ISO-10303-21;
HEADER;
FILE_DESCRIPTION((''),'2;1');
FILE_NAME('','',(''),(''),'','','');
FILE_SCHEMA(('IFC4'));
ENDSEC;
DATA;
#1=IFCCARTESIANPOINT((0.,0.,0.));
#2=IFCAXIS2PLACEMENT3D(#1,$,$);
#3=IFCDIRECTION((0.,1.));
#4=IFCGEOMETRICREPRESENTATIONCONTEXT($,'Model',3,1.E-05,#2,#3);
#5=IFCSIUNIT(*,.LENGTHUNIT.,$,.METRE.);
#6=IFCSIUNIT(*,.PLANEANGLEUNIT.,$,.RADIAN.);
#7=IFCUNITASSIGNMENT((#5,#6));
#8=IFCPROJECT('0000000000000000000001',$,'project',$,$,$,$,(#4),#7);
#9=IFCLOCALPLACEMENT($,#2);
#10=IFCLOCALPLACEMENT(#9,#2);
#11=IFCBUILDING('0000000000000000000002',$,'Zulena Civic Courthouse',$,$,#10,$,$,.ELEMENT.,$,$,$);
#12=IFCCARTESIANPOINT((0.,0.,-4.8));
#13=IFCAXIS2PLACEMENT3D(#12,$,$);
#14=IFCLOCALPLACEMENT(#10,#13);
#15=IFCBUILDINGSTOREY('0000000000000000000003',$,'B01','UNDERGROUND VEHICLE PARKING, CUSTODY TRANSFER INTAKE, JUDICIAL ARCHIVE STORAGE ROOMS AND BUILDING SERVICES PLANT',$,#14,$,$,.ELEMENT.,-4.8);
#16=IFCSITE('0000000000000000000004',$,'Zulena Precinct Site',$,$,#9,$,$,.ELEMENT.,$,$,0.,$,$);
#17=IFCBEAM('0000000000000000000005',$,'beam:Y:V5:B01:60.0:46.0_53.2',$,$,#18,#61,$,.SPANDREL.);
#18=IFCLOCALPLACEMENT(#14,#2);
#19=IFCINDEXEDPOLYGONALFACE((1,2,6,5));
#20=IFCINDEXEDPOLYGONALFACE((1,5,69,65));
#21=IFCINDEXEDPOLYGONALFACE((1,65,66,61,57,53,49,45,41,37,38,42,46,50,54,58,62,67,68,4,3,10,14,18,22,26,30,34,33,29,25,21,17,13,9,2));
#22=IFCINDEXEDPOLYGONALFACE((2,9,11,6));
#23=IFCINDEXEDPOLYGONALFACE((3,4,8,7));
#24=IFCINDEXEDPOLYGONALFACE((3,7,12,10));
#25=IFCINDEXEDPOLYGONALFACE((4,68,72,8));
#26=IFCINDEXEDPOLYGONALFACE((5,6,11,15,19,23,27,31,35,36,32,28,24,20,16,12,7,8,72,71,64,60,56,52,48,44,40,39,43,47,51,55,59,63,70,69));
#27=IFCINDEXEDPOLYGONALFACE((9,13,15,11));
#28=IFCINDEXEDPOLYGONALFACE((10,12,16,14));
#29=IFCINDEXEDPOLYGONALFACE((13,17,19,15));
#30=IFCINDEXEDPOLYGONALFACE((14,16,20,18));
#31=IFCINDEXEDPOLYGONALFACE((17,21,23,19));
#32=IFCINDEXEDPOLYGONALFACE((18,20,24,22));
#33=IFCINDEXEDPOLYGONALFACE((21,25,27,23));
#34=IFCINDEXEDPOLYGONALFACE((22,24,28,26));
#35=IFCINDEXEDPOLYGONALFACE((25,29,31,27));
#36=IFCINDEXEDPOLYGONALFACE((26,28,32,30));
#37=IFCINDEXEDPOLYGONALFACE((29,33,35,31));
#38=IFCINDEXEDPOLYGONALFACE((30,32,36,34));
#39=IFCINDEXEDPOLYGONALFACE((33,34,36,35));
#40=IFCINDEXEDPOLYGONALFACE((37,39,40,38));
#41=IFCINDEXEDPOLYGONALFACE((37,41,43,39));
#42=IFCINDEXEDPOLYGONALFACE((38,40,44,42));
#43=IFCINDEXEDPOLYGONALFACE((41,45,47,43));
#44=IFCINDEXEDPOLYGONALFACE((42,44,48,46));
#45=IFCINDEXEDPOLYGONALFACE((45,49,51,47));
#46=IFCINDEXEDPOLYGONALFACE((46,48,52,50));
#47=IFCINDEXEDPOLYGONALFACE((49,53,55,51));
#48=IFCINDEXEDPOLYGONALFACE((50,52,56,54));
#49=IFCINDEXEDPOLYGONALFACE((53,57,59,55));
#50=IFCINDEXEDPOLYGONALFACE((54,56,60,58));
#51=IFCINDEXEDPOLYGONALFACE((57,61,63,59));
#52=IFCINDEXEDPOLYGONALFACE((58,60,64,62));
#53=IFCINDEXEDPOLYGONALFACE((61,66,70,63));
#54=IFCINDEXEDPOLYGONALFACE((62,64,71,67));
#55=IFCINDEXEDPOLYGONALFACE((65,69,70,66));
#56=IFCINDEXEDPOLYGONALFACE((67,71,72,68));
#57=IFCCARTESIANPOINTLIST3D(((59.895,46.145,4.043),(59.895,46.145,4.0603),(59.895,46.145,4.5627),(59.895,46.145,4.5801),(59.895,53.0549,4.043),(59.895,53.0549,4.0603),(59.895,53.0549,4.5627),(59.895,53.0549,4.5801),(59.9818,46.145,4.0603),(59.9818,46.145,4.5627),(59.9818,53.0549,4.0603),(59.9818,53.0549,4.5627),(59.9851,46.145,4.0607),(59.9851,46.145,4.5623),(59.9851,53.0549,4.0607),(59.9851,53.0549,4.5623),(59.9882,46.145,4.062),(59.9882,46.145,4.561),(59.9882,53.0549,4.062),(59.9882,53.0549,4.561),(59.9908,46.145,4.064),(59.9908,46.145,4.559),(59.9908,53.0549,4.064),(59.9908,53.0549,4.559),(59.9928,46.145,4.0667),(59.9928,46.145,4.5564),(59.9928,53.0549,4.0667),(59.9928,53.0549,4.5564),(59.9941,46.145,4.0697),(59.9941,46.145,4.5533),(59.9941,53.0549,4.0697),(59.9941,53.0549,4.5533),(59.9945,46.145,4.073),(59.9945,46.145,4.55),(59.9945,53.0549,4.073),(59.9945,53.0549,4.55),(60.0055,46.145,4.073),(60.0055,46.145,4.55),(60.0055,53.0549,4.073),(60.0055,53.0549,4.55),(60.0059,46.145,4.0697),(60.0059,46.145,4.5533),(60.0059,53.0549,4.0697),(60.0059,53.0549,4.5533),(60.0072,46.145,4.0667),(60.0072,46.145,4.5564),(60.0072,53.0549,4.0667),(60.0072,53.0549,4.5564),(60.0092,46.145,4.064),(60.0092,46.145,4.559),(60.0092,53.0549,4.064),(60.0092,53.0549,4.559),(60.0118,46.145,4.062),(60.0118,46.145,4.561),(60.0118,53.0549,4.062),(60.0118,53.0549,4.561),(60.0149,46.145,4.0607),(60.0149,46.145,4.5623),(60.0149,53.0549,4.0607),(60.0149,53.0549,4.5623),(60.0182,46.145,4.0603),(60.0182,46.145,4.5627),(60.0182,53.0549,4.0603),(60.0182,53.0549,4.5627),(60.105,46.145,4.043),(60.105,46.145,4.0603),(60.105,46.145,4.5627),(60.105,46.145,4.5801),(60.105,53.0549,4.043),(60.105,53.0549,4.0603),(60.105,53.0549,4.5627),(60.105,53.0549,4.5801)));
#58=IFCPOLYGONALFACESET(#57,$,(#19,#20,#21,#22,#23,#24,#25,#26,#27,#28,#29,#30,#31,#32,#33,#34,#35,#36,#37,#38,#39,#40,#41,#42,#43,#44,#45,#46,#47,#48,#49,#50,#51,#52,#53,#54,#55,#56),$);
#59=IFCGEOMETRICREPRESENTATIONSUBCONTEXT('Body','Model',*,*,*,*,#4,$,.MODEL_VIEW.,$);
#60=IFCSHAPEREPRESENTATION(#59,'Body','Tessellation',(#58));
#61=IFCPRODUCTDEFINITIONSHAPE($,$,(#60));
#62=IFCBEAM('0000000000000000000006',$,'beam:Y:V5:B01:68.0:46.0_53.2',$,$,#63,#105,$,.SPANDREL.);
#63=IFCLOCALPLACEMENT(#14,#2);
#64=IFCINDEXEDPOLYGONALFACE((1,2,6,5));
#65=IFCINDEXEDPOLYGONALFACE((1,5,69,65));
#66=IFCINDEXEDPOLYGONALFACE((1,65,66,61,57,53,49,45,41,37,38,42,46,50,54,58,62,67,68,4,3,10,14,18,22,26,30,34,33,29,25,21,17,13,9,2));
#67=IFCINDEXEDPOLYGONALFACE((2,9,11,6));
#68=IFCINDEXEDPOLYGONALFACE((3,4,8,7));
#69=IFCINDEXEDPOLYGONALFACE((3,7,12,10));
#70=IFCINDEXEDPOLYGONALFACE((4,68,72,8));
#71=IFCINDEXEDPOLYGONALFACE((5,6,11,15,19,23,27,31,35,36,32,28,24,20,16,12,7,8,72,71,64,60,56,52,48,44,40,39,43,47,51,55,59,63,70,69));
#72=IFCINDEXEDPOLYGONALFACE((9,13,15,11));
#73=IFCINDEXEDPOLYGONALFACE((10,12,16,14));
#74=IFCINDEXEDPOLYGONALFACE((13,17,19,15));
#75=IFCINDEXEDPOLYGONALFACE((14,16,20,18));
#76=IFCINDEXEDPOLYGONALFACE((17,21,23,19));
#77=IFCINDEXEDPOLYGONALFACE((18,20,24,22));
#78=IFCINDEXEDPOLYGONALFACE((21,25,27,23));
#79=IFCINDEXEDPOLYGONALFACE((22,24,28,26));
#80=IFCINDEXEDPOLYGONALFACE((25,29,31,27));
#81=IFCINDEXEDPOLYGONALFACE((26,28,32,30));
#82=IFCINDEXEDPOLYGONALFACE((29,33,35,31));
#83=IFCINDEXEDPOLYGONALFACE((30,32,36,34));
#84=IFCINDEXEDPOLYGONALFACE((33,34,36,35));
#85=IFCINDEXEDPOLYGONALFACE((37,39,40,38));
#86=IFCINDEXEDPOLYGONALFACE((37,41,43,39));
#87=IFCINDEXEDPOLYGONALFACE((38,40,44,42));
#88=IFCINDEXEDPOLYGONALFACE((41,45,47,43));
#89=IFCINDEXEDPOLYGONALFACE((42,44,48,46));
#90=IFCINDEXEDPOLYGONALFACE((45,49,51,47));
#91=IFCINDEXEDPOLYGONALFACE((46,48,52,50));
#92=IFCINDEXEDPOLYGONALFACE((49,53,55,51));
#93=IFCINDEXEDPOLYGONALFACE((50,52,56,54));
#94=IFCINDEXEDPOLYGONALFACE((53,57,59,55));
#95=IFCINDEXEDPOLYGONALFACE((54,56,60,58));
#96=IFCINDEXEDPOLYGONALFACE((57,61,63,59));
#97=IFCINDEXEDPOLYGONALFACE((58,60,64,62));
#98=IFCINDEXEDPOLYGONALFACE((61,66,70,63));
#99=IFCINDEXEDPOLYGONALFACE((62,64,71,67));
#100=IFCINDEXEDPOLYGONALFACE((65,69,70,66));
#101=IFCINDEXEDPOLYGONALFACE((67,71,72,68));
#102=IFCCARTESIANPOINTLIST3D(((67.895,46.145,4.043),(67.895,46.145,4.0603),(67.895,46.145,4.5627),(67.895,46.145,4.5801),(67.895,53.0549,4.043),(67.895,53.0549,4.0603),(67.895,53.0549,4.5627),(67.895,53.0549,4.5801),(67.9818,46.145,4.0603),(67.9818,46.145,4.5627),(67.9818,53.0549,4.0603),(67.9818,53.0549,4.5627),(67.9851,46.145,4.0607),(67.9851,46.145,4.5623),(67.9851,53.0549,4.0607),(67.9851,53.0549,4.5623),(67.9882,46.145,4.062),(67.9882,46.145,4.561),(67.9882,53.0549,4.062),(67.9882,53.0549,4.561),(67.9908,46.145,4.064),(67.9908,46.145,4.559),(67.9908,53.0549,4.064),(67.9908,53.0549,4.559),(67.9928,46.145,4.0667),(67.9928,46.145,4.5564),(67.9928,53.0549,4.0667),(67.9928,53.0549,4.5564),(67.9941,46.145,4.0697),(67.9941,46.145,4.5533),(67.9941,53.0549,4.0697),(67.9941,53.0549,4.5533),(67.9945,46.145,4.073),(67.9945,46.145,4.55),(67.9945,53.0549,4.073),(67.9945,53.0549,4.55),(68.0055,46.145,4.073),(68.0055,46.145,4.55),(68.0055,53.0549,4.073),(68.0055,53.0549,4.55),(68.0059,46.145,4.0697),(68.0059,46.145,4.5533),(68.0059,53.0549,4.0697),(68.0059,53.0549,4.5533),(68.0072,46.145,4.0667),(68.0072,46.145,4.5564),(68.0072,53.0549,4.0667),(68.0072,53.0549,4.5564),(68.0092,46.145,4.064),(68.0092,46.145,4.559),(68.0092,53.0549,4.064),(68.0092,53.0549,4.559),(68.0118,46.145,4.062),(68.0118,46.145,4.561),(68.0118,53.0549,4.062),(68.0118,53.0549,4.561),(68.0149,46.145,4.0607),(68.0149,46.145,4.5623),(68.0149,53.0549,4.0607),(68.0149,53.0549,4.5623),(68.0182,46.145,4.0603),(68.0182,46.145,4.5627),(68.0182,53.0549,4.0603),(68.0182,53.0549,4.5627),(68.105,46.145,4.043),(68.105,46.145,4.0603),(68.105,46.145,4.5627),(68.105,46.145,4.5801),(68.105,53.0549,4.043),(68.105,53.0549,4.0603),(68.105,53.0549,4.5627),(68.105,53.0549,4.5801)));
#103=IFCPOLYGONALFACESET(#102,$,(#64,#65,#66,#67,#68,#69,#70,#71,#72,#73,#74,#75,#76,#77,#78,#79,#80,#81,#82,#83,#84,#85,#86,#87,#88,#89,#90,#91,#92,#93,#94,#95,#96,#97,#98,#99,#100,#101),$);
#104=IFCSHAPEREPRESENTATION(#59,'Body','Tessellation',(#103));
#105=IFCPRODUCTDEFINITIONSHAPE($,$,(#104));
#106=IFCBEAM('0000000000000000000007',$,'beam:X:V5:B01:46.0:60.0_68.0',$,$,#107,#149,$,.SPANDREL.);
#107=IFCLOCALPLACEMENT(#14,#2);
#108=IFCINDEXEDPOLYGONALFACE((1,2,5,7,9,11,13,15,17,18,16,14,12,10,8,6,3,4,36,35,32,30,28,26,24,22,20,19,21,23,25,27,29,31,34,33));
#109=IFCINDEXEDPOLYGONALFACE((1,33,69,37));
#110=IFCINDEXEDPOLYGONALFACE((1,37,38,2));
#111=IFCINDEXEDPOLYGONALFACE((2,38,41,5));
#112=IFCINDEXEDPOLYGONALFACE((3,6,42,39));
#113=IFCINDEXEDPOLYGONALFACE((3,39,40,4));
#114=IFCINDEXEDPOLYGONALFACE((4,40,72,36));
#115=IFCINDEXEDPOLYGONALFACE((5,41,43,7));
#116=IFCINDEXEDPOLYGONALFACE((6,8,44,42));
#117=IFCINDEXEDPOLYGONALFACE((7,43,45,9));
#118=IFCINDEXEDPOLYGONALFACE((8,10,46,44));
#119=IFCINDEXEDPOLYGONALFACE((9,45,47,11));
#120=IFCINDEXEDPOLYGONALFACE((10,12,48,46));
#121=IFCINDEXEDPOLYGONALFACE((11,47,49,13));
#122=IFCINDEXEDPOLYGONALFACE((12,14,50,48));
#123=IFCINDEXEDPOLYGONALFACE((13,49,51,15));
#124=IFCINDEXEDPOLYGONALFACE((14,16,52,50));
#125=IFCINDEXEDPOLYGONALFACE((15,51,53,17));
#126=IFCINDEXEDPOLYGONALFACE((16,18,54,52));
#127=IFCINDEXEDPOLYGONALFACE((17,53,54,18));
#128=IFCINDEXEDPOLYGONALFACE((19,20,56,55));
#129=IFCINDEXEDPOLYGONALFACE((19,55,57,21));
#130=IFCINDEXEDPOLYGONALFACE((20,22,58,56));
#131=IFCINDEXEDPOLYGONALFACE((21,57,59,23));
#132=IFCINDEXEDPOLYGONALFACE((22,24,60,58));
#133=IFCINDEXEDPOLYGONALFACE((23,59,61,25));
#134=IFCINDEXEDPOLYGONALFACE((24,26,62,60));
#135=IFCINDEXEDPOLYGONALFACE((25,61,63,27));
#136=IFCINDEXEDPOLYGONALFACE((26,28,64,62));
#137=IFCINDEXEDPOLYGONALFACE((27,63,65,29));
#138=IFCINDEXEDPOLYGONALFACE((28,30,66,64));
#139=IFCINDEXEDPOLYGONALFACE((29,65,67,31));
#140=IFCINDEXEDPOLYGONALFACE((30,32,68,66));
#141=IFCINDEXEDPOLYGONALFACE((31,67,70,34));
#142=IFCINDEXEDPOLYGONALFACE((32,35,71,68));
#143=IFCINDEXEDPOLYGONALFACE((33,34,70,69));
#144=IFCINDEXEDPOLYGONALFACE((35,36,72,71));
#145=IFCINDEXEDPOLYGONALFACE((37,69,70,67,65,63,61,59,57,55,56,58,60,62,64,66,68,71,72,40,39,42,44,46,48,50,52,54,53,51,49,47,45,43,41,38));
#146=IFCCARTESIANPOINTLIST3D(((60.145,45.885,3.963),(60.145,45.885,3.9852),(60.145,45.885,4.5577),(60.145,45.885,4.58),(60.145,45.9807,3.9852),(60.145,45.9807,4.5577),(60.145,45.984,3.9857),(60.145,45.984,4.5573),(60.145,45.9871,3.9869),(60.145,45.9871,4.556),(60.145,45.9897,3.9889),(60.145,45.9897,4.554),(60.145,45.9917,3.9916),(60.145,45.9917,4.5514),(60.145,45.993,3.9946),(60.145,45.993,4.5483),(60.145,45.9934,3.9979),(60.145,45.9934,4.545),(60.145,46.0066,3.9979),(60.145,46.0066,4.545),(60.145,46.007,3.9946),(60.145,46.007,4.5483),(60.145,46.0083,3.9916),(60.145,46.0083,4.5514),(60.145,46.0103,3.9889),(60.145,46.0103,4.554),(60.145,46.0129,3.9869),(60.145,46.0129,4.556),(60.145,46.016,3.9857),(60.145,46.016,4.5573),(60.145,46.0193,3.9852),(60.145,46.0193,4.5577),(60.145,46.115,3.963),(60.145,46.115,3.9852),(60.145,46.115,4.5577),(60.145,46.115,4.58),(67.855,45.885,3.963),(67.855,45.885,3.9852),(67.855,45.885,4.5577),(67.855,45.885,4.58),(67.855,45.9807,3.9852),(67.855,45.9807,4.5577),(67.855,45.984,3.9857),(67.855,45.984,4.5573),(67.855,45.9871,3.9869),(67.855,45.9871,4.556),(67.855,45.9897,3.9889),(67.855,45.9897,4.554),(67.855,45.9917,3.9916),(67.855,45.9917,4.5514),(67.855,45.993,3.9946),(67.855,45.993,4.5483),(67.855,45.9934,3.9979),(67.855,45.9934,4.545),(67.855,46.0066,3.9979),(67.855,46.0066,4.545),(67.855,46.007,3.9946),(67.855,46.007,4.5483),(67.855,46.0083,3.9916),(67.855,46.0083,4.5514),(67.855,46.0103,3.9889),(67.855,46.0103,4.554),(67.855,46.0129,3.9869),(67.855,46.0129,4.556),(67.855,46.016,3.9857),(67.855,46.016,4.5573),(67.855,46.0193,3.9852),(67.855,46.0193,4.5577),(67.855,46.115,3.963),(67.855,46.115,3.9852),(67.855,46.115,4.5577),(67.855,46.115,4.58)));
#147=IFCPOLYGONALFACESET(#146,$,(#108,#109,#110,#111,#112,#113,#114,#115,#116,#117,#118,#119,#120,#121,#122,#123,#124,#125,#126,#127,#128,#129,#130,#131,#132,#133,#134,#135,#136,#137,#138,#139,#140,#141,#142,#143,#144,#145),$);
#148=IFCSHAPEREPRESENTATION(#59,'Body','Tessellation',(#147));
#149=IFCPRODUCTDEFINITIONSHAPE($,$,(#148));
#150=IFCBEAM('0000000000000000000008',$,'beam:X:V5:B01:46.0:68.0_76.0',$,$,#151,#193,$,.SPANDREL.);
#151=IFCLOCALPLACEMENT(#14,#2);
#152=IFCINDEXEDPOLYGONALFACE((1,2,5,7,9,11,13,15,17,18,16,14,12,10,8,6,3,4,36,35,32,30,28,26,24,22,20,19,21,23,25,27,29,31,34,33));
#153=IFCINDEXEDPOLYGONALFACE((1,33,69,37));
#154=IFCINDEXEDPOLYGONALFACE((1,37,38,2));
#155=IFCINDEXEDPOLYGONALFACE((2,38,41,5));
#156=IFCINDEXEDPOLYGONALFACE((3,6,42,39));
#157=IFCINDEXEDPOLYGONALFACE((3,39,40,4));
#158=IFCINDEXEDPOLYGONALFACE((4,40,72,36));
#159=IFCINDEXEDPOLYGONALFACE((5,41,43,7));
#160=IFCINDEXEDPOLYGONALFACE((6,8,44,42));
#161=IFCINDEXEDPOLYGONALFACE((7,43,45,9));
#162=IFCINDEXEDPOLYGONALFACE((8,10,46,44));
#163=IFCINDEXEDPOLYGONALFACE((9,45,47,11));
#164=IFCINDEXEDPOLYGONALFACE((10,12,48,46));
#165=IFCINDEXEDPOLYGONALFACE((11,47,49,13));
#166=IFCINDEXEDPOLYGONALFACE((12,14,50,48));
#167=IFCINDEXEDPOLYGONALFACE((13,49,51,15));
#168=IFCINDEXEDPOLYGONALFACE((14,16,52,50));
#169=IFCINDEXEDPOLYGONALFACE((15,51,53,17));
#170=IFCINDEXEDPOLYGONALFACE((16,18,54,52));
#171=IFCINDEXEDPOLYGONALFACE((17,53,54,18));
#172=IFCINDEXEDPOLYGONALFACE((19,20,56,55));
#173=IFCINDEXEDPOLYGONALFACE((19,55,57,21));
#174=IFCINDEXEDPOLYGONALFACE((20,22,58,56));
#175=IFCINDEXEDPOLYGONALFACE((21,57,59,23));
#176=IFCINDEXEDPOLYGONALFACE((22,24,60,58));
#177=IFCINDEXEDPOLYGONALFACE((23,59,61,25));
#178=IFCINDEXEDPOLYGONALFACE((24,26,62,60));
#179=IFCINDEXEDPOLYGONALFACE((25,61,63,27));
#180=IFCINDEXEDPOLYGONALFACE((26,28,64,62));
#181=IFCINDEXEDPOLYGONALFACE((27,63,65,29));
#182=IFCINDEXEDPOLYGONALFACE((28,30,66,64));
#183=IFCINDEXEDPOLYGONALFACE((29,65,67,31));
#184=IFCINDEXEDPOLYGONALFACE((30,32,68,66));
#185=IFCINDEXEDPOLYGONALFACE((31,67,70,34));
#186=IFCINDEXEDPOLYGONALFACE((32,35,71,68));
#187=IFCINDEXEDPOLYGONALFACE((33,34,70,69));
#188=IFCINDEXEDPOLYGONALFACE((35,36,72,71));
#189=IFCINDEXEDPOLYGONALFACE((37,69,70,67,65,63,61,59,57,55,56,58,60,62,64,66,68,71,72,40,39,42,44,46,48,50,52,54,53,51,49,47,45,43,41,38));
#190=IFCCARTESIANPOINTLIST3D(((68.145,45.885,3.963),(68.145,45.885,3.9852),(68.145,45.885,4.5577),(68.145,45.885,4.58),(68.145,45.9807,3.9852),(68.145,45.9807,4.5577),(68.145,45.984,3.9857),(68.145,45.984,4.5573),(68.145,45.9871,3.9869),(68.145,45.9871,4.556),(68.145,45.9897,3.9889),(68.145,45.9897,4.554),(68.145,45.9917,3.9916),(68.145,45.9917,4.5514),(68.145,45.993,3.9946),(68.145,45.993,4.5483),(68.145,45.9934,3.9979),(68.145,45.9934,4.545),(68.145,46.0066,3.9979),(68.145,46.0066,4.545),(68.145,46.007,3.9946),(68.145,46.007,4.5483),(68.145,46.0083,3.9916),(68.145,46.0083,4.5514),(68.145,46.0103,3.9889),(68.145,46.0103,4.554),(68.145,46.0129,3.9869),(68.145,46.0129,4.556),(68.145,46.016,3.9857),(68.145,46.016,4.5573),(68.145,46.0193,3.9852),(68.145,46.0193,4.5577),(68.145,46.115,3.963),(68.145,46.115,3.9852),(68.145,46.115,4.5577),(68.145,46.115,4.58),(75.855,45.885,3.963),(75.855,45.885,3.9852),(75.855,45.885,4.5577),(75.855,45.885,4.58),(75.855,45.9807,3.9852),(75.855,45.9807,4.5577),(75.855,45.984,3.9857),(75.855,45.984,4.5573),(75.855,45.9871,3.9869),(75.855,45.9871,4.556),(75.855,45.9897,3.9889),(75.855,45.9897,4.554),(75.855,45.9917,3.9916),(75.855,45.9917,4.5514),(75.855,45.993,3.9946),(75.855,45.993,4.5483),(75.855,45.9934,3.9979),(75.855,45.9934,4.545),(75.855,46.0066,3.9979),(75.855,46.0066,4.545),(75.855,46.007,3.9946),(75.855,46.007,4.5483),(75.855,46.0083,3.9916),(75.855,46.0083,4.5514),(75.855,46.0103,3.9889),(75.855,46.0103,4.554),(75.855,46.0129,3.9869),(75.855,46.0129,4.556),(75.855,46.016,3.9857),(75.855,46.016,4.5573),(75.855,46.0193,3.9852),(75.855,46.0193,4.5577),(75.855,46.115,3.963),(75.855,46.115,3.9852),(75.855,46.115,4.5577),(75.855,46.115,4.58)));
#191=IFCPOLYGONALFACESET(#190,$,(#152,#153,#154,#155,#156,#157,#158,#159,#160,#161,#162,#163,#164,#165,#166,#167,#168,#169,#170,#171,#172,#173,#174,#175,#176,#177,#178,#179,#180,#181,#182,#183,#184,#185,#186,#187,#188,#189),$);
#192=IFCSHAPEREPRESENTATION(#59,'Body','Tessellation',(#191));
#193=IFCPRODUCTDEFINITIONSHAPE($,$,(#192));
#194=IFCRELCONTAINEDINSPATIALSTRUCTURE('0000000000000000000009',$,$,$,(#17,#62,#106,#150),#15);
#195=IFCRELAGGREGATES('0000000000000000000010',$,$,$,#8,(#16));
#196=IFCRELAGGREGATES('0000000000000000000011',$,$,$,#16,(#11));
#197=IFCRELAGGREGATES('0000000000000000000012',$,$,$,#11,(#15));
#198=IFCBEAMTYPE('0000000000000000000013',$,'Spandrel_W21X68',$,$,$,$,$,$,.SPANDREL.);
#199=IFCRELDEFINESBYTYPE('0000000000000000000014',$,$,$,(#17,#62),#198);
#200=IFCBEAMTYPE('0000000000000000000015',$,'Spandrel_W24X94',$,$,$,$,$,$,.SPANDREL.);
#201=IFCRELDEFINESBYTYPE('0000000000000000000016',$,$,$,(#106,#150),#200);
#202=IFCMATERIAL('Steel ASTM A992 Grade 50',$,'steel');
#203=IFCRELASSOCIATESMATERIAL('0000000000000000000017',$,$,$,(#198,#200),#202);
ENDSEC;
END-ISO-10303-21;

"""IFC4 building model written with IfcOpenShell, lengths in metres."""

from ifc_helpers import new_model, si_unit, direction, frame, origin, origin_2d, place, context, subcontext, project, spatial, i_section, extrude, material, material_profile, profile_set, type_object, element, save


model = new_model("IFC4")

# Units and contexts
model_context = context("Model", 3, precision=1e-05, world=origin(), true_north=direction((0.0, 1.0)))
body_context = subcontext(model_context, "Body", "Model", "MODEL_VIEW")
ifc_project = project(units=[si_unit("LENGTHUNIT", "METRE"), si_unit("PLANEANGLEUNIT", "RADIAN")], contexts=[model_context])

# Site, building, storey
site_placement = place(None, origin())
site = spatial("IfcSite", under=ifc_project, at=site_placement, Name="Zulena Precinct Site", CompositionType="ELEMENT", RefElevation=0.0)
building_placement = place(site_placement, origin())
building = spatial("IfcBuilding", under=site, at=building_placement, Name="Zulena Civic Courthouse", CompositionType="ELEMENT")
storey_placement = place(building_placement, frame((0.0, 0.0, -4.8)))
storey = spatial("IfcBuildingStorey", under=building, at=storey_placement, Name="B01", Description="UNDERGROUND VEHICLE PARKING, CUSTODY TRANSFER INTAKE, JUDICIAL ARCHIVE STORAGE ROOMS AND BUILDING SERVICES PLANT", CompositionType="ELEMENT", Elevation=-4.8)

# Shared definitions
ifc_material_1 = material(Name="Steel ASTM A992 Grade 50", Category="steel")

# Beams
ifc_material_profile_1 = material_profile(ifc_material_1, i_section(OverallWidth=0.21, OverallDepth=0.5371, WebThickness=0.011, FlangeThickness=0.0173, FilletRadius=0.0127, at=origin_2d()), Name="W21X68")
ifc_profile_set_1 = profile_set([ifc_material_profile_1], Name="Steel ASTM A992 Grade 50")
beam_type_1 = type_object("IfcBeamType", Name="Spandrel_W21X68", PredefinedType="SPANDREL", material=ifc_profile_set_1)
for number, where, z_axis, x_axis, name in (
    (1, (60.0, 46.145, 4.3115), (0.0, 1.0, 0.0), (-1.0, 0.0, 0.0), "beam:Y:V5:B01:60.0:46.0_53.2"),
    (2, (68.0, 46.145, 4.3115), (0.0, 1.0, 0.0), (-1.0, 0.0, 0.0), "beam:Y:V5:B01:68.0:46.0_53.2"),
):
    element("IfcBeam", number, at=place(storey_placement, frame(where, z_axis=z_axis, x_axis=x_axis)), inside=storey, type_object=beam_type_1, Name=name, PredefinedType="SPANDREL", context=body_context, shape_type="SweptSolid", body=[
        extrude(i_section(OverallWidth=0.21, OverallDepth=0.5371, WebThickness=0.011, FlangeThickness=0.0173, FilletRadius=0.0127, at=origin_2d()), origin(), (0.0, 0.0, 1.0), 6.9099),
    ])
ifc_material_profile_2 = material_profile(ifc_material_1, i_section(OverallWidth=0.23, OverallDepth=0.6169, WebThickness=0.0132, FlangeThickness=0.0222, FilletRadius=0.0127, at=origin_2d()), Name="W24X94")
ifc_profile_set_2 = profile_set([ifc_material_profile_2], Name="Steel ASTM A992 Grade 50")
beam_type_2 = type_object("IfcBeamType", Name="Spandrel_W24X94", PredefinedType="SPANDREL", material=ifc_profile_set_2)
for number, where, z_axis, x_axis, name in (
    (3, (60.145, 46.0, 4.2715), (1.0, 0.0, 0.0), (0.0, 1.0, 0.0), "beam:X:V5:B01:46.0:60.0_68.0"),
    (4, (68.145, 46.0, 4.2715), (1.0, 0.0, 0.0), (0.0, 1.0, 0.0), "beam:X:V5:B01:46.0:68.0_76.0"),
):
    element("IfcBeam", number, at=place(storey_placement, frame(where, z_axis=z_axis, x_axis=x_axis)), inside=storey, type_object=beam_type_2, Name=name, PredefinedType="SPANDREL", context=body_context, shape_type="SweptSolid", body=[
        extrude(i_section(OverallWidth=0.23, OverallDepth=0.6169, WebThickness=0.0132, FlangeThickness=0.0222, FilletRadius=0.0127, at=origin_2d()), origin(), (0.0, 0.0, 1.0), 7.71),
    ])

save(model, "model.ifc")
